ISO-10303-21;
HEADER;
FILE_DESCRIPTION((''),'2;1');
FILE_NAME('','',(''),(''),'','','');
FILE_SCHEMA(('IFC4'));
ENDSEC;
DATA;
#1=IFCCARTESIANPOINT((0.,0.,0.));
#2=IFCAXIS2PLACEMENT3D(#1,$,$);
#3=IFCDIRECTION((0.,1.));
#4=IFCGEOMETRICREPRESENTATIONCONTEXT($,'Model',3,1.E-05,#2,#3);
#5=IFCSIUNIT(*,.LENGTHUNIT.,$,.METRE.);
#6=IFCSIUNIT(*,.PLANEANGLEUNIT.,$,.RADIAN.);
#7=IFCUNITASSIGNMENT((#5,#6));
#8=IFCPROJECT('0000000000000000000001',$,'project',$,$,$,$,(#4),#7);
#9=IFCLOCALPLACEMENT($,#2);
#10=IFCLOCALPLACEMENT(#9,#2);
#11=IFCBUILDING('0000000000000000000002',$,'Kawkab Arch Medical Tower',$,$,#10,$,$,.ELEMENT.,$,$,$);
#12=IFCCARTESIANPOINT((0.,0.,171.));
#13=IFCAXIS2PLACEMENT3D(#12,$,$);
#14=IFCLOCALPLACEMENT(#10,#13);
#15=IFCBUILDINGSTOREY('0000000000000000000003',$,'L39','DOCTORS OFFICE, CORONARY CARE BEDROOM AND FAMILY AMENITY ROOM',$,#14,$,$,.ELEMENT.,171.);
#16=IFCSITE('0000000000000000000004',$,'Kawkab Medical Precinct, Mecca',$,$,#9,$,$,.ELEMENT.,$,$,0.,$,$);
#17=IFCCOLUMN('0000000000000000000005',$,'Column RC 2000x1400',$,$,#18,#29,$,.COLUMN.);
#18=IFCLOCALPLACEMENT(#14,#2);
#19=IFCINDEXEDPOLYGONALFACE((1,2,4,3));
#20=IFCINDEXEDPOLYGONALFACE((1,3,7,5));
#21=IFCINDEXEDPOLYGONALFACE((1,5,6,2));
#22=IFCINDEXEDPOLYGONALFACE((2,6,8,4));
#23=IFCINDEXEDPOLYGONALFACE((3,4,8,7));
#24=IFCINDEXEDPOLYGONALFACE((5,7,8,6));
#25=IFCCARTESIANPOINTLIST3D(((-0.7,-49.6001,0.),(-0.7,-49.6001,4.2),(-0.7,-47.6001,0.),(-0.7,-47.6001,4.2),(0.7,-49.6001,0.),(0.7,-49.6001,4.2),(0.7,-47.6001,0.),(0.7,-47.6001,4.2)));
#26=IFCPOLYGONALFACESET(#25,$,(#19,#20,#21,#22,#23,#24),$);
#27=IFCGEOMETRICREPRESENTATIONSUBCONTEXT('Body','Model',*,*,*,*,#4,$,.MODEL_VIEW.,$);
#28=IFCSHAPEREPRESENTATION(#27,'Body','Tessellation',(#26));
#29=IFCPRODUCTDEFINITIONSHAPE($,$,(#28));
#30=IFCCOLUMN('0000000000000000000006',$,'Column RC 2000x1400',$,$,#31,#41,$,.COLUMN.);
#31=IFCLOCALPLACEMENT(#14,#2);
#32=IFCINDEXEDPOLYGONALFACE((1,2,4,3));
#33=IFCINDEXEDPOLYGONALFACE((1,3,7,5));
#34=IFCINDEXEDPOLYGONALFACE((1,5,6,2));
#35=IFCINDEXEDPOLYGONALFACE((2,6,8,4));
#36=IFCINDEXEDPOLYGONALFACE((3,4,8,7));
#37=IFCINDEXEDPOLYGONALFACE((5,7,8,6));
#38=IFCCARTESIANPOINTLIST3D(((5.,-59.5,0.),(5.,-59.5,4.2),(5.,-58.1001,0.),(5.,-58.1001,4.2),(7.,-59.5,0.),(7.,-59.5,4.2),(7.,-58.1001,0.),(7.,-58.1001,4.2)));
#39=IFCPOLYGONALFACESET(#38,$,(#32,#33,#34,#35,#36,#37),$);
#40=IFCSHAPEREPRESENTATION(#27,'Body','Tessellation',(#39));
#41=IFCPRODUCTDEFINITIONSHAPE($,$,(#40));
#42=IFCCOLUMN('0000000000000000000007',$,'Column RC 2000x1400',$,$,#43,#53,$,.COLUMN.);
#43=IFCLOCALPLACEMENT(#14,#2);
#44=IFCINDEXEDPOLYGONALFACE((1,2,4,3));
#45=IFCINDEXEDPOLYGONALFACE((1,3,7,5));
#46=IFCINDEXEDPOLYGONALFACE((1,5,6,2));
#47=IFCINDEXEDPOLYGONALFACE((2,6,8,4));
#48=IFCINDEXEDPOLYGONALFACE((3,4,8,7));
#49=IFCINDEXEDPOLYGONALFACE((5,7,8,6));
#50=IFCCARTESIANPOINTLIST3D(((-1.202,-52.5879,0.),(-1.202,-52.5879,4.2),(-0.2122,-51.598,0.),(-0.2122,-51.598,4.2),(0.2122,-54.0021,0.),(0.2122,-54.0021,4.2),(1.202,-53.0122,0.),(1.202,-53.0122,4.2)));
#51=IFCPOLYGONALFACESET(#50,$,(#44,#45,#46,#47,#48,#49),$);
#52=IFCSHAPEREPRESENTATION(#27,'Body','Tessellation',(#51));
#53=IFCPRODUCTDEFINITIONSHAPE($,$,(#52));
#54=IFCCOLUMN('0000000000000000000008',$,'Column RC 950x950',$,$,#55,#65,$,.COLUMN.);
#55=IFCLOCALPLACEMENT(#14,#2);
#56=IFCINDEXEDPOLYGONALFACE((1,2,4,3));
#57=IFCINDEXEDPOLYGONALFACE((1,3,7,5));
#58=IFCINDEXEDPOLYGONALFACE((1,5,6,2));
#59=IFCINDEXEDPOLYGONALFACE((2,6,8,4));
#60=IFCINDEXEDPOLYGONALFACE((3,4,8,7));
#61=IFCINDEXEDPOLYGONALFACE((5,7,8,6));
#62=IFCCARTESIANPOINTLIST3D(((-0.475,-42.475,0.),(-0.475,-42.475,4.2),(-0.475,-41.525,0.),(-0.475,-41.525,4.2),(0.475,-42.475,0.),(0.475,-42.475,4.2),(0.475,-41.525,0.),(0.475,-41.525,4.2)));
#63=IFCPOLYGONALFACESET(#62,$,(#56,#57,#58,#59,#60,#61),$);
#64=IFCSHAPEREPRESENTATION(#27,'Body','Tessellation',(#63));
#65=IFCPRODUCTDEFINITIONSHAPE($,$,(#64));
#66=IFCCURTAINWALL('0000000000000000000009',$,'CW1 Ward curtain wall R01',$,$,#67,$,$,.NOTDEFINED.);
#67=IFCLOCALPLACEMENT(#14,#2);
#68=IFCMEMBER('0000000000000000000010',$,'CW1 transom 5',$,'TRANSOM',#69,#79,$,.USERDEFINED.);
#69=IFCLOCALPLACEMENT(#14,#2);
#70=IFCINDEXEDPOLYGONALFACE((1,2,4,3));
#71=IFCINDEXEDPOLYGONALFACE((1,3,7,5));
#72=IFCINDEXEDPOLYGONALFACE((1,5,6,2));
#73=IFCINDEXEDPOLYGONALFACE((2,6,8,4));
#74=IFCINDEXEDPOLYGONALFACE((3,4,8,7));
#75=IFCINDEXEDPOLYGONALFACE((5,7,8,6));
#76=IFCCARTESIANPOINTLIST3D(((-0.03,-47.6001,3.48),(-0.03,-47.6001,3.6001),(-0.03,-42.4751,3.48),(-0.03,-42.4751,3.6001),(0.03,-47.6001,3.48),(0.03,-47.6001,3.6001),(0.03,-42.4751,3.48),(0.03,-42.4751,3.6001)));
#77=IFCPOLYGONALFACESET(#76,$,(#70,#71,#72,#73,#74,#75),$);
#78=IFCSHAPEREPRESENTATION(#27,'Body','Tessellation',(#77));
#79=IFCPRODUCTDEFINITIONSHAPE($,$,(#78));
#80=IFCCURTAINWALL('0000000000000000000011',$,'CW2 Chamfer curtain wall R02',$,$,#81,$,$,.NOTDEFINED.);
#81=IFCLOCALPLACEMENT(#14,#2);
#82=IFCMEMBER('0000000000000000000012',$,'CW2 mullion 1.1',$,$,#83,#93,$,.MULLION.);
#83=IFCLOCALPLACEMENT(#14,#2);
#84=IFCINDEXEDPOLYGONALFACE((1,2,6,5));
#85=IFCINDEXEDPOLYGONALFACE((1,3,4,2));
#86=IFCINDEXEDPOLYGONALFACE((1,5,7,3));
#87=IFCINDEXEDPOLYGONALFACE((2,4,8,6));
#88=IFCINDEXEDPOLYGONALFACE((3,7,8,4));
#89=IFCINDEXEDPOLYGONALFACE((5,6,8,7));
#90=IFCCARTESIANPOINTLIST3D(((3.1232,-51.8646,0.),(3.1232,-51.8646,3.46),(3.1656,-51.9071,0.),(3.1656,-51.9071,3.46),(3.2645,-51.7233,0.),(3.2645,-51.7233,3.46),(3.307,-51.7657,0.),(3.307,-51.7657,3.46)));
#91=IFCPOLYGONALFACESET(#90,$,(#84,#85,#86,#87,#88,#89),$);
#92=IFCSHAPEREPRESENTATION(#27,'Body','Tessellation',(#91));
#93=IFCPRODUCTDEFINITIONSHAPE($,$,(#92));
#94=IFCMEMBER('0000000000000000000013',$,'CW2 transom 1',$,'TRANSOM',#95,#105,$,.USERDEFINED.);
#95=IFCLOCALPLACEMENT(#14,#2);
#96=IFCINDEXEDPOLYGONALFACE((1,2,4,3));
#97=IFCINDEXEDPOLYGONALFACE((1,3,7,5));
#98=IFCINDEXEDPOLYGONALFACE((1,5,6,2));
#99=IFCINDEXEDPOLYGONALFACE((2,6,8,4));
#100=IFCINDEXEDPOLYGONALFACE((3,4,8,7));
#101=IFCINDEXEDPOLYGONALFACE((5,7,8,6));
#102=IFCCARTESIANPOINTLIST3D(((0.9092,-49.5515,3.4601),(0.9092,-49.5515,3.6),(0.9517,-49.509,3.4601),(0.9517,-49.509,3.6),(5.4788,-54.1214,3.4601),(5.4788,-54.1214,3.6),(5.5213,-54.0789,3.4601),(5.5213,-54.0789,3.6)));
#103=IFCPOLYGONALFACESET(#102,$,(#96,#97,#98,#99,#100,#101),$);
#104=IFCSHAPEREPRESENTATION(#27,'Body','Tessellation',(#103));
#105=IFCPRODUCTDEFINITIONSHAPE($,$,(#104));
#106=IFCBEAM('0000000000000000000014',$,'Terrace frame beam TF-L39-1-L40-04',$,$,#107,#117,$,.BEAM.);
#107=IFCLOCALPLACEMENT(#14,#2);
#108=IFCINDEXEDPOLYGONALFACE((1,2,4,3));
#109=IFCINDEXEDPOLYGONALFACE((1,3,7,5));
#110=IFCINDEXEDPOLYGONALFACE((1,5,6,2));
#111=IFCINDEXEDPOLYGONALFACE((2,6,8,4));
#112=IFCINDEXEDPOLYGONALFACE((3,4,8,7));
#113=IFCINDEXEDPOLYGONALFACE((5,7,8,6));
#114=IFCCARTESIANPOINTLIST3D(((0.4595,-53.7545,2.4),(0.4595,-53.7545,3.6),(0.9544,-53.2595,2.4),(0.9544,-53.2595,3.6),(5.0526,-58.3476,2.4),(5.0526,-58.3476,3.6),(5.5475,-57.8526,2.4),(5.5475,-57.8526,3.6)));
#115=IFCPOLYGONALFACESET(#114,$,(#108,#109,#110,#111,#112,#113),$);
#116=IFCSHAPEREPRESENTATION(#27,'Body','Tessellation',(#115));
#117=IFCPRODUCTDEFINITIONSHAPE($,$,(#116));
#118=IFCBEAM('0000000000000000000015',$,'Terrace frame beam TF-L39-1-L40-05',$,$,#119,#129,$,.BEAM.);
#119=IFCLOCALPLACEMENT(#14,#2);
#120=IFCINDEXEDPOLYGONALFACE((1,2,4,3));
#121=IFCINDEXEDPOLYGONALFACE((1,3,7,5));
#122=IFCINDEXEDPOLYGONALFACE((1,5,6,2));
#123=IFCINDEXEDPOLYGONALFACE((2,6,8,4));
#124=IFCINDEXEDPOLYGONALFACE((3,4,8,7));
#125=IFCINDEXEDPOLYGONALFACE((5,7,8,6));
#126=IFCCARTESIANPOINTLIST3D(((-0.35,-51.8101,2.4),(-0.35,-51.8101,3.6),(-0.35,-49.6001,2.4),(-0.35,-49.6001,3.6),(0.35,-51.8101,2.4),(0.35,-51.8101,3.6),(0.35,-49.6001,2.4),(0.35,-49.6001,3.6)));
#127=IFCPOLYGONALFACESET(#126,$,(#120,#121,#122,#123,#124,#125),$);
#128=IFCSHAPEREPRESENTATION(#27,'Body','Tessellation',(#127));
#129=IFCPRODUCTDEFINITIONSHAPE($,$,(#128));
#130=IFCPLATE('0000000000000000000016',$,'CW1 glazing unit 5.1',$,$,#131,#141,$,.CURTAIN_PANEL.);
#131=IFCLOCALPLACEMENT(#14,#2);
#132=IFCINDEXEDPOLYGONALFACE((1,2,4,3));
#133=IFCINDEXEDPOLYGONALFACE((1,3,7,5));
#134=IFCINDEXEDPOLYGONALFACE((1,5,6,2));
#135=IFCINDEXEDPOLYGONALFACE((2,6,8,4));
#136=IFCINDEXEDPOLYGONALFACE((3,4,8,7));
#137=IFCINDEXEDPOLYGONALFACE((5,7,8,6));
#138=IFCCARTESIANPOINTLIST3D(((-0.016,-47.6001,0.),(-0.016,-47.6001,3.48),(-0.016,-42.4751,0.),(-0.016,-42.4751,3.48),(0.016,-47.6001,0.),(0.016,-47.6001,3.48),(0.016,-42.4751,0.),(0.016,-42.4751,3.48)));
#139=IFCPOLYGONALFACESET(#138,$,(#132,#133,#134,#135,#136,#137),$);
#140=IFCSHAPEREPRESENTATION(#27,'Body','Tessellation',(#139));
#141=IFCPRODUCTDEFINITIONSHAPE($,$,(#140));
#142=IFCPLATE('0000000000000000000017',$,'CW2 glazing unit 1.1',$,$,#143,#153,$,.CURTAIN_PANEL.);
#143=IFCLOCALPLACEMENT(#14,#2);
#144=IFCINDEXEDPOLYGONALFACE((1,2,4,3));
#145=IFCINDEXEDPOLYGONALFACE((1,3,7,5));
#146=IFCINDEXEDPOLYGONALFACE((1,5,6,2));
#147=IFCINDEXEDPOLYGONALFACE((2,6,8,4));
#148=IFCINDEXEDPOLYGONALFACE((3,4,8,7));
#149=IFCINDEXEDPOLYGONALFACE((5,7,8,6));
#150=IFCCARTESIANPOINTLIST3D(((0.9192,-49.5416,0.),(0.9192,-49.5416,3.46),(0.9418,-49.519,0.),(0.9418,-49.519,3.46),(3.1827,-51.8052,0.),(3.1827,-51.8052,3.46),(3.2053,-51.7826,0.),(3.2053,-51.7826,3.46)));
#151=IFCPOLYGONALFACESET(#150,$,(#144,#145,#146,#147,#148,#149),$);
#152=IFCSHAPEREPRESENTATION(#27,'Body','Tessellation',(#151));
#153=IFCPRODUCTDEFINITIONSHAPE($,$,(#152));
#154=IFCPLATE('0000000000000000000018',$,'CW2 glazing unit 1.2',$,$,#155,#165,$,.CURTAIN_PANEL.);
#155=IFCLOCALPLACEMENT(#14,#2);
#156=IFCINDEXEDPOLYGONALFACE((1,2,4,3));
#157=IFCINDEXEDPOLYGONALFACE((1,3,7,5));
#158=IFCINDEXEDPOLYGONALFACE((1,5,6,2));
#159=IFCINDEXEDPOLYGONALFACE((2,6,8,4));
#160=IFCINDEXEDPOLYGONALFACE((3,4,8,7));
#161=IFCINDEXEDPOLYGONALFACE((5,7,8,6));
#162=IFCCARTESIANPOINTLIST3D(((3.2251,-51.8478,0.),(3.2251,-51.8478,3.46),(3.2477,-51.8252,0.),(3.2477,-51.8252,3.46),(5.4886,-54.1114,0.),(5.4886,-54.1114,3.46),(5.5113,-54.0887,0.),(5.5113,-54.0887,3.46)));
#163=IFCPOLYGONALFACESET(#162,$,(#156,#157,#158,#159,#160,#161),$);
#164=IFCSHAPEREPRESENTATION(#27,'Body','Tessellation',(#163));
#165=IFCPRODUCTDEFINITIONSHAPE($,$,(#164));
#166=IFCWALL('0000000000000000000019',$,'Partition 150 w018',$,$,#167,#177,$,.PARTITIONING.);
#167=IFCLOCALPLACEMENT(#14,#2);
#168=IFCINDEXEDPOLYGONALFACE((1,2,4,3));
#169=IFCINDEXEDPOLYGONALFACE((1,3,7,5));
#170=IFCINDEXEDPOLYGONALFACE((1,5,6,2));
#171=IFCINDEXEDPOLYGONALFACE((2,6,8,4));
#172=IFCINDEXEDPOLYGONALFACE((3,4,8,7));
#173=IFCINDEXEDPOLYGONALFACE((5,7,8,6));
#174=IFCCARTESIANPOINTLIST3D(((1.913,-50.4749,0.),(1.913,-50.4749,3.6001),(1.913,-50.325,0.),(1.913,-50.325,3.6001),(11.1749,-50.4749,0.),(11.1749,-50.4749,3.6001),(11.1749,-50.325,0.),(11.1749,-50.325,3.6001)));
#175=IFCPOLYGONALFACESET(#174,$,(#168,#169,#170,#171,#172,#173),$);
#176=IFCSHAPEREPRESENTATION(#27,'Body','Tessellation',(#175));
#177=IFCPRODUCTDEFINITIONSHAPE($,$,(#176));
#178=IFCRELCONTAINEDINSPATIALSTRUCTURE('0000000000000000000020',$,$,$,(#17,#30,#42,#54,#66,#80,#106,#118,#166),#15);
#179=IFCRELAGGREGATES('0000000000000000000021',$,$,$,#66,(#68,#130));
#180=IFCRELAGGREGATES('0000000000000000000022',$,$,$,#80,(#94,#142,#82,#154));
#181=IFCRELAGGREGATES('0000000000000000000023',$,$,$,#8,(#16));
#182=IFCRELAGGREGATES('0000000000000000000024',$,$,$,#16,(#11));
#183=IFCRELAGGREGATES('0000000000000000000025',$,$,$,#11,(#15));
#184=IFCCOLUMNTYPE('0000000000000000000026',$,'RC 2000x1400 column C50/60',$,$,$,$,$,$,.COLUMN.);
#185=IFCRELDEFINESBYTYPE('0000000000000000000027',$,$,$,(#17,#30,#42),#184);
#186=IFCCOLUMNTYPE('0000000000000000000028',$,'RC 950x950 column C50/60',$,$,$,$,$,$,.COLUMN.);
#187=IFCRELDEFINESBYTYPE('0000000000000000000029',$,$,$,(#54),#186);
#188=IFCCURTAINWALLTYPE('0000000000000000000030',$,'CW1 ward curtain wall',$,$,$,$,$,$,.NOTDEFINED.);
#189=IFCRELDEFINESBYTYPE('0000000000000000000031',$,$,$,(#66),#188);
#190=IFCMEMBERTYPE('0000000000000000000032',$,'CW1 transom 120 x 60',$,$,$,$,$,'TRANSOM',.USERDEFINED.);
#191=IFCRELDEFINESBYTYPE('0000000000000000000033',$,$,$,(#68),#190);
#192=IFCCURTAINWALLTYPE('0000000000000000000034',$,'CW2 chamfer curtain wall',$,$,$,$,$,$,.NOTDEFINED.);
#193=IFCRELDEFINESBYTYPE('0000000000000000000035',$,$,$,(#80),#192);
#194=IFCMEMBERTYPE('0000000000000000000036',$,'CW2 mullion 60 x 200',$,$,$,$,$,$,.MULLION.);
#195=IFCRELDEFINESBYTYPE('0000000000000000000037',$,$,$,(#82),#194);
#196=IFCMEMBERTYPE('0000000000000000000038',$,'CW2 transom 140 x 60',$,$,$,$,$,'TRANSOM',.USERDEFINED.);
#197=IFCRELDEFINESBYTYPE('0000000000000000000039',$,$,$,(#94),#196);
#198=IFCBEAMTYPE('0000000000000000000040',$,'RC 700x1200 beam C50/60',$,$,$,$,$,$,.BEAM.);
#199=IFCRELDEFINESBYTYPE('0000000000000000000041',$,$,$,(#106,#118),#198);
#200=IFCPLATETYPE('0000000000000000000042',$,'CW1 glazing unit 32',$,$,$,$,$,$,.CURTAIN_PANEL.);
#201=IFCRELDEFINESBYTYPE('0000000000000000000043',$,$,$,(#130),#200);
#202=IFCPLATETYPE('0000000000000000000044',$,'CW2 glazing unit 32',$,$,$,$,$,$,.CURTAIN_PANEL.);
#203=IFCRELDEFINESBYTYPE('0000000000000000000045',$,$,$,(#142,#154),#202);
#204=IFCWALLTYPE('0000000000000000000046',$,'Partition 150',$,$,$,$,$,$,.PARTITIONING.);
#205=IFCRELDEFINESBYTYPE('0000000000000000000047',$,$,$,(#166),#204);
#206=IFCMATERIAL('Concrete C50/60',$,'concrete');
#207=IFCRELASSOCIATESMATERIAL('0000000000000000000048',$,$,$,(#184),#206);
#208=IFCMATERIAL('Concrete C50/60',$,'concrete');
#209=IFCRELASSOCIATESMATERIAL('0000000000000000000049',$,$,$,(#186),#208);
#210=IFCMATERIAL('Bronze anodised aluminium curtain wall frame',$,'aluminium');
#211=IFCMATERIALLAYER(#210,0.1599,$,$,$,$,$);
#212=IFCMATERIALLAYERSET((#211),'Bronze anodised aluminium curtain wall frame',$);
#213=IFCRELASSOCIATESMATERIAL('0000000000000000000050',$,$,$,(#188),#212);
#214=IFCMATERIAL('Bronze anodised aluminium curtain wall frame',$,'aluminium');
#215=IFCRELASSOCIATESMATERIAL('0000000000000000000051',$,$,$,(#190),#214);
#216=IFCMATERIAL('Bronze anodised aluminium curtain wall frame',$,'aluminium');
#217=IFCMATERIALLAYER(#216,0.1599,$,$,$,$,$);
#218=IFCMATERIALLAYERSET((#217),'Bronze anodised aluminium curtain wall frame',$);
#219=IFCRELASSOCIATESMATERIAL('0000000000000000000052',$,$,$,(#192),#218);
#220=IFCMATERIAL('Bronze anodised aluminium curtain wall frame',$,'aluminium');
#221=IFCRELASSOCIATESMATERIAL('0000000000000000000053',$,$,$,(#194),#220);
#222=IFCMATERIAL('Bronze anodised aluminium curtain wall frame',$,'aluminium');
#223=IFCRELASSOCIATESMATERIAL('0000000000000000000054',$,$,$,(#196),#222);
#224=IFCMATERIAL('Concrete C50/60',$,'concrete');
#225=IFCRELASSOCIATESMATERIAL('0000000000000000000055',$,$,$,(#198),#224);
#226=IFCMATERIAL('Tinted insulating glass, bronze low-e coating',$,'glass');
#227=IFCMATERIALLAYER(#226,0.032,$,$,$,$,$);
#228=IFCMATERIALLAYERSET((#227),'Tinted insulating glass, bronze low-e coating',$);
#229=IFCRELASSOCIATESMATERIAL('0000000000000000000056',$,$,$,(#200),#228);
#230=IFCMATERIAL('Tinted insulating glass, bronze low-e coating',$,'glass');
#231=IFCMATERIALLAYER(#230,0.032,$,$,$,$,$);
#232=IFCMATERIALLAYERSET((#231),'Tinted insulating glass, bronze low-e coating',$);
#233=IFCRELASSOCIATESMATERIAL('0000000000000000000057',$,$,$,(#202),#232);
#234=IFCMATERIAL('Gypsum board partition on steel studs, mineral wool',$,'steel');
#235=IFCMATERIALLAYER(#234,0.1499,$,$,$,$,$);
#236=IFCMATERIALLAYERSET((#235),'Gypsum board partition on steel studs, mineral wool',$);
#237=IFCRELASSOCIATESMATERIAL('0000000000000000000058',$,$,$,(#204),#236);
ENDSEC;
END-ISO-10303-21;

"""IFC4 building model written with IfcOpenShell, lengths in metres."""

from ifc_helpers import new_model, si_unit, direction, frame, frame_2d, origin, origin_2d, place, context, subcontext, project, spatial, rectangle, extrude, material, layer, layer_set, material_profile, profile_set, type_object, element, aggregate, save


model = new_model("IFC4")

# Units and contexts
model_context = context("Model", 3, precision=1e-05, world=origin(), true_north=direction((0.0, 1.0)))
body_context = subcontext(model_context, "Body", "Model", "MODEL_VIEW")
ifc_project = project(units=[si_unit("LENGTHUNIT", "METRE"), si_unit("PLANEANGLEUNIT", "RADIAN")], contexts=[model_context])

# Site, building, storey
site_placement = place(None, origin())
site = spatial("IfcSite", under=ifc_project, at=site_placement, Name="Kawkab Medical Precinct, Mecca", CompositionType="ELEMENT", RefElevation=0.0)
building_placement = place(site_placement, origin())
building = spatial("IfcBuilding", under=site, at=building_placement, Name="Kawkab Arch Medical Tower", CompositionType="ELEMENT")
storey_placement = place(building_placement, frame((0.0, 0.0, 171.0)))
storey = spatial("IfcBuildingStorey", under=building, at=storey_placement, Name="L39", Description="DOCTORS OFFICE, CORONARY CARE BEDROOM AND FAMILY AMENITY ROOM", CompositionType="ELEMENT", Elevation=171.0)

# Columns
ifc_material_1 = material(Name="Concrete C50/60", Category="concrete")
ifc_material_profile_1 = material_profile(ifc_material_1, rectangle(XDim=2.0, YDim=1.3999, at=origin_2d()), Name="RC 2000x1400")
ifc_profile_set_1 = profile_set([ifc_material_profile_1], Name="Concrete C50/60")
column_type_1 = type_object("IfcColumnType", Name="RC 2000x1400 column C50/60", PredefinedType="COLUMN", material=ifc_profile_set_1)
for number, where, z_axis, x_axis, name in (
    (1, (0.0, -48.6001, 0.0), (0.0, 0.0, 1.0), (0.0, 1.0, 0.0), "Column RC 2000x1400"),
    (2, (6.0, -58.8, 0.0), (0.0, 0.0, 1.0), (-1.0, 0.0, 0.0), "Column RC 2000x1400"),
    (3, (0.0, -52.8, 0.0), (0.0, 0.0, 1.0), (-0.707107, 0.707107, 0.0), "Column RC 2000x1400"),
):
    element("IfcColumn", number, at=place(storey_placement, frame(where, z_axis=z_axis, x_axis=x_axis)), inside=storey, type_object=column_type_1, Name=name, PredefinedType="COLUMN", context=body_context, shape_type="SweptSolid", body=[
        extrude(rectangle(XDim=2.0, YDim=1.3999, at=origin_2d()), origin(), (0.0, 0.0, 1.0), 4.2),
    ])
ifc_material_2 = material(Name="Concrete C50/60", Category="concrete")
ifc_material_profile_2 = material_profile(ifc_material_2, rectangle(XDim=0.95, YDim=0.95, at=origin_2d()), Name="RC 950x950")
ifc_profile_set_2 = profile_set([ifc_material_profile_2], Name="Concrete C50/60")
column_type_2 = type_object("IfcColumnType", Name="RC 950x950 column C50/60", PredefinedType="COLUMN", material=ifc_profile_set_2)
column_placement = place(storey_placement, frame((0.0, -42.0, 0.0), z_axis=(0.0, 0.0, 1.0), x_axis=(1.0, 0.0, 0.0)))
element("IfcColumn", 4, at=column_placement, inside=storey, type_object=column_type_2, Name="Column RC 950x950", PredefinedType="COLUMN", context=body_context, shape_type="SweptSolid", body=[
    extrude(rectangle(XDim=0.95, YDim=0.95, at=origin_2d()), origin(), (0.0, 0.0, 1.0), 4.2),
])

# Curtain wall, member
ifc_material_3 = material(Name="Bronze anodised aluminium curtain wall frame", Category="aluminium")
ifc_layer_1 = layer(ifc_material_3, 0.1599)
ifc_layer_set_1 = layer_set([ifc_layer_1], Name="Bronze anodised aluminium curtain wall frame")
curtain_wall_type_1 = type_object("IfcCurtainWallType", Name="CW1 ward curtain wall", PredefinedType="NOTDEFINED", material=ifc_layer_set_1)
placement = place(storey_placement, origin())
curtain_wall_1 = element("IfcCurtainWall", 5, at=placement, inside=storey, type_object=curtain_wall_type_1, Name="CW1 Ward curtain wall R01", PredefinedType="NOTDEFINED")
ifc_material_4 = material(Name="Bronze anodised aluminium curtain wall frame", Category="aluminium")
ifc_material_profile_3 = material_profile(ifc_material_4, rectangle(XDim=0.0601, YDim=0.1201, at=origin_2d()), Name="AL 60x120")
ifc_profile_set_3 = profile_set([ifc_material_profile_3], Name="Bronze anodised aluminium curtain wall frame")
member_type_1 = type_object("IfcMemberType", Name="CW1 transom 120 x 60", ElementType="TRANSOM", PredefinedType="USERDEFINED", material=ifc_profile_set_3)
member_1_placement = place(storey_placement, frame((0.0, -42.4751, 3.54), z_axis=(0.0, -1.0, 0.0), x_axis=(1.0, 0.0, 0.0)))
member_1 = element("IfcMember", 6, at=member_1_placement, type_object=member_type_1, Name="CW1 transom 5", ObjectType="TRANSOM", PredefinedType="USERDEFINED", context=body_context, shape_type="SweptSolid", body=[
    extrude(rectangle(XDim=0.0601, YDim=0.1201, at=origin_2d()), origin(), (0.0, 0.0, 1.0), 5.125),
])

# Curtain wall, members
ifc_material_5 = material(Name="Bronze anodised aluminium curtain wall frame", Category="aluminium")
ifc_layer_2 = layer(ifc_material_5, 0.1599)
ifc_layer_set_2 = layer_set([ifc_layer_2], Name="Bronze anodised aluminium curtain wall frame")
curtain_wall_type_2 = type_object("IfcCurtainWallType", Name="CW2 chamfer curtain wall", PredefinedType="NOTDEFINED", material=ifc_layer_set_2)
curtain_wall_2 = element("IfcCurtainWall", 7, at=placement, inside=storey, type_object=curtain_wall_type_2, Name="CW2 Chamfer curtain wall R02", PredefinedType="NOTDEFINED")
ifc_material_6 = material(Name="Bronze anodised aluminium curtain wall frame", Category="aluminium")
ifc_material_profile_4 = material_profile(ifc_material_6, rectangle(XDim=0.2, YDim=0.0601, at=origin_2d()), Name="AL 60x200")
ifc_profile_set_4 = profile_set([ifc_material_profile_4], Name="Bronze anodised aluminium curtain wall frame")
member_type_2 = type_object("IfcMemberType", Name="CW2 mullion 60 x 200", PredefinedType="MULLION", material=ifc_profile_set_4)
member_2_placement = place(storey_placement, frame((3.2151, -51.8152, 0.0), z_axis=(0.0, 0.0, 1.0), x_axis=(0.707107, 0.707107, 0.0)))
member_2 = element("IfcMember", 8, at=member_2_placement, type_object=member_type_2, Name="CW2 mullion 1.1", PredefinedType="MULLION", context=body_context, shape_type="SweptSolid", body=[
    extrude(rectangle(XDim=0.2, YDim=0.0601, at=origin_2d()), origin(), (0.0, 0.0, 1.0), 3.46),
])
ifc_material_7 = material(Name="Bronze anodised aluminium curtain wall frame", Category="aluminium")
ifc_material_profile_5 = material_profile(ifc_material_7, rectangle(XDim=0.0601, YDim=0.1399, at=origin_2d()), Name="AL 60x140")
ifc_profile_set_5 = profile_set([ifc_material_profile_5], Name="Bronze anodised aluminium curtain wall frame")
member_type_3 = type_object("IfcMemberType", Name="CW2 transom 140 x 60", ElementType="TRANSOM", PredefinedType="USERDEFINED", material=ifc_profile_set_5)
member_3_placement = place(storey_placement, frame((0.9304, -49.5303, 3.53), z_axis=(0.707088, -0.707126, 0.0), x_axis=(0.707126, 0.707088, 0.0)))
member_3 = element("IfcMember", 9, at=member_3_placement, type_object=member_type_3, Name="CW2 transom 1", ObjectType="TRANSOM", PredefinedType="USERDEFINED", context=body_context, shape_type="SweptSolid", body=[
    extrude(rectangle(XDim=0.0601, YDim=0.1399, at=origin_2d()), origin(), (0.0, 0.0, 1.0), 6.4626),
])

# Beams
ifc_material_8 = material(Name="Concrete C50/60", Category="concrete")
ifc_material_profile_6 = material_profile(ifc_material_8, rectangle(XDim=0.7, YDim=1.2, at=origin_2d()), Name="RC 700x1200")
ifc_profile_set_6 = profile_set([ifc_material_profile_6], Name="Concrete C50/60")
beam_type = type_object("IfcBeamType", Name="RC 700x1200 beam C50/60", PredefinedType="BEAM", material=ifc_profile_set_6)
beam_1_placement = place(storey_placement, frame((5.3, -58.1001, 3.0), z_axis=(-0.707107, 0.707107, 0.0), x_axis=(-0.707107, -0.707107, 0.0)))
element("IfcBeam", 10, at=beam_1_placement, inside=storey, type_object=beam_type, Name="Terrace frame beam TF-L39-1-L40-04", PredefinedType="BEAM", context=body_context, shape_type="SweptSolid", body=[
    extrude(rectangle(XDim=0.7, YDim=1.2, at=origin_2d()), origin(), (0.0, 0.0, 1.0), 6.4956),
])
beam_2_placement = place(storey_placement, frame((0.0, -51.8101, 3.0), z_axis=(0.0, 1.0, 0.0), x_axis=(-1.0, 0.0, 0.0)))
element("IfcBeam", 11, at=beam_2_placement, inside=storey, type_object=beam_type, Name="Terrace frame beam TF-L39-1-L40-05", PredefinedType="BEAM", context=body_context, shape_type="SweptSolid", body=[
    extrude(rectangle(XDim=0.7, YDim=1.2, at=origin_2d()), origin(), (0.0, 0.0, 1.0), 2.21),
])

# Plates
ifc_material_9 = material(Name="Tinted insulating glass, bronze low-e coating", Category="glass")
ifc_layer_3 = layer(ifc_material_9, 0.032)
ifc_layer_set_3 = layer_set([ifc_layer_3], Name="Tinted insulating glass, bronze low-e coating")
plate_type_1 = type_object("IfcPlateType", Name="CW1 glazing unit 32", PredefinedType="CURTAIN_PANEL", material=ifc_layer_set_3)
plate_1_placement = place(storey_placement, frame((0.0, -45.0376, 0.0), z_axis=(0.0, 0.0, 1.0), x_axis=(0.0, -1.0, 0.0)))
plate_1 = element("IfcPlate", 12, at=plate_1_placement, type_object=plate_type_1, Name="CW1 glazing unit 5.1", PredefinedType="CURTAIN_PANEL", context=body_context, shape_type="SweptSolid", body=[
    extrude(rectangle(XDim=5.125, YDim=0.032, at=origin_2d()), origin(), (0.0, 0.0, 1.0), 3.48),
])
aggregate(curtain_wall_1, [member_1, plate_1])
ifc_material_10 = material(Name="Tinted insulating glass, bronze low-e coating", Category="glass")
ifc_layer_4 = layer(ifc_material_10, 0.032)
ifc_layer_set_4 = layer_set([ifc_layer_4], Name="Tinted insulating glass, bronze low-e coating")
plate_type_2 = type_object("IfcPlateType", Name="CW2 glazing unit 32", PredefinedType="CURTAIN_PANEL", material=ifc_layer_set_4)
plate_2_placement = place(storey_placement, frame((2.0623, -50.6621, 0.0), z_axis=(0.0, 0.0, 1.0), x_axis=(0.707107, -0.707107, 0.0)))
plate_2 = element("IfcPlate", 13, at=plate_2_placement, type_object=plate_type_2, Name="CW2 glazing unit 1.1", PredefinedType="CURTAIN_PANEL", context=body_context, shape_type="SweptSolid", body=[
    extrude(rectangle(XDim=3.2012, YDim=0.032, at=origin_2d()), origin(), (0.0, 0.0, 1.0), 3.46),
])
plate_3_placement = place(storey_placement, frame((4.3682, -52.9683, 0.0), z_axis=(0.0, 0.0, 1.0), x_axis=(0.707107, -0.707107, 0.0)))
plate_3 = element("IfcPlate", 14, at=plate_3_placement, type_object=plate_type_2, Name="CW2 glazing unit 1.2", PredefinedType="CURTAIN_PANEL", context=body_context, shape_type="SweptSolid", body=[
    extrude(rectangle(XDim=3.2012, YDim=0.032, at=origin_2d()), origin(), (0.0, 0.0, 1.0), 3.46),
])
aggregate(curtain_wall_2, [member_3, plate_2, member_2, plate_3])

# Wall
ifc_material_11 = material(Name="Gypsum board partition on steel studs, mineral wool", Category="steel")
ifc_layer_5 = layer(ifc_material_11, 0.1499)
ifc_layer_set_5 = layer_set([ifc_layer_5], Name="Gypsum board partition on steel studs, mineral wool")
wall_type_1 = type_object("IfcWallType", Name="Partition 150", PredefinedType="PARTITIONING", material=ifc_layer_set_5)
wall_1_placement = place(storey_placement, frame((1.9131, -50.3999, 0.0), z_axis=(0.0, 0.0, 1.0), x_axis=(1.0, 0.0, 0.0)))
element("IfcWall", 15, at=wall_1_placement, inside=storey, type_object=wall_type_1, Name="Partition 150 w018", PredefinedType="PARTITIONING", context=body_context, shape_type="SweptSolid", body=[
    extrude(rectangle(XDim=9.262, YDim=0.1499, at=frame_2d((4.6309, 0.0))), origin(), (0.0, 0.0, 1.0), 3.6001),
])

save(model, "model.ifc")
